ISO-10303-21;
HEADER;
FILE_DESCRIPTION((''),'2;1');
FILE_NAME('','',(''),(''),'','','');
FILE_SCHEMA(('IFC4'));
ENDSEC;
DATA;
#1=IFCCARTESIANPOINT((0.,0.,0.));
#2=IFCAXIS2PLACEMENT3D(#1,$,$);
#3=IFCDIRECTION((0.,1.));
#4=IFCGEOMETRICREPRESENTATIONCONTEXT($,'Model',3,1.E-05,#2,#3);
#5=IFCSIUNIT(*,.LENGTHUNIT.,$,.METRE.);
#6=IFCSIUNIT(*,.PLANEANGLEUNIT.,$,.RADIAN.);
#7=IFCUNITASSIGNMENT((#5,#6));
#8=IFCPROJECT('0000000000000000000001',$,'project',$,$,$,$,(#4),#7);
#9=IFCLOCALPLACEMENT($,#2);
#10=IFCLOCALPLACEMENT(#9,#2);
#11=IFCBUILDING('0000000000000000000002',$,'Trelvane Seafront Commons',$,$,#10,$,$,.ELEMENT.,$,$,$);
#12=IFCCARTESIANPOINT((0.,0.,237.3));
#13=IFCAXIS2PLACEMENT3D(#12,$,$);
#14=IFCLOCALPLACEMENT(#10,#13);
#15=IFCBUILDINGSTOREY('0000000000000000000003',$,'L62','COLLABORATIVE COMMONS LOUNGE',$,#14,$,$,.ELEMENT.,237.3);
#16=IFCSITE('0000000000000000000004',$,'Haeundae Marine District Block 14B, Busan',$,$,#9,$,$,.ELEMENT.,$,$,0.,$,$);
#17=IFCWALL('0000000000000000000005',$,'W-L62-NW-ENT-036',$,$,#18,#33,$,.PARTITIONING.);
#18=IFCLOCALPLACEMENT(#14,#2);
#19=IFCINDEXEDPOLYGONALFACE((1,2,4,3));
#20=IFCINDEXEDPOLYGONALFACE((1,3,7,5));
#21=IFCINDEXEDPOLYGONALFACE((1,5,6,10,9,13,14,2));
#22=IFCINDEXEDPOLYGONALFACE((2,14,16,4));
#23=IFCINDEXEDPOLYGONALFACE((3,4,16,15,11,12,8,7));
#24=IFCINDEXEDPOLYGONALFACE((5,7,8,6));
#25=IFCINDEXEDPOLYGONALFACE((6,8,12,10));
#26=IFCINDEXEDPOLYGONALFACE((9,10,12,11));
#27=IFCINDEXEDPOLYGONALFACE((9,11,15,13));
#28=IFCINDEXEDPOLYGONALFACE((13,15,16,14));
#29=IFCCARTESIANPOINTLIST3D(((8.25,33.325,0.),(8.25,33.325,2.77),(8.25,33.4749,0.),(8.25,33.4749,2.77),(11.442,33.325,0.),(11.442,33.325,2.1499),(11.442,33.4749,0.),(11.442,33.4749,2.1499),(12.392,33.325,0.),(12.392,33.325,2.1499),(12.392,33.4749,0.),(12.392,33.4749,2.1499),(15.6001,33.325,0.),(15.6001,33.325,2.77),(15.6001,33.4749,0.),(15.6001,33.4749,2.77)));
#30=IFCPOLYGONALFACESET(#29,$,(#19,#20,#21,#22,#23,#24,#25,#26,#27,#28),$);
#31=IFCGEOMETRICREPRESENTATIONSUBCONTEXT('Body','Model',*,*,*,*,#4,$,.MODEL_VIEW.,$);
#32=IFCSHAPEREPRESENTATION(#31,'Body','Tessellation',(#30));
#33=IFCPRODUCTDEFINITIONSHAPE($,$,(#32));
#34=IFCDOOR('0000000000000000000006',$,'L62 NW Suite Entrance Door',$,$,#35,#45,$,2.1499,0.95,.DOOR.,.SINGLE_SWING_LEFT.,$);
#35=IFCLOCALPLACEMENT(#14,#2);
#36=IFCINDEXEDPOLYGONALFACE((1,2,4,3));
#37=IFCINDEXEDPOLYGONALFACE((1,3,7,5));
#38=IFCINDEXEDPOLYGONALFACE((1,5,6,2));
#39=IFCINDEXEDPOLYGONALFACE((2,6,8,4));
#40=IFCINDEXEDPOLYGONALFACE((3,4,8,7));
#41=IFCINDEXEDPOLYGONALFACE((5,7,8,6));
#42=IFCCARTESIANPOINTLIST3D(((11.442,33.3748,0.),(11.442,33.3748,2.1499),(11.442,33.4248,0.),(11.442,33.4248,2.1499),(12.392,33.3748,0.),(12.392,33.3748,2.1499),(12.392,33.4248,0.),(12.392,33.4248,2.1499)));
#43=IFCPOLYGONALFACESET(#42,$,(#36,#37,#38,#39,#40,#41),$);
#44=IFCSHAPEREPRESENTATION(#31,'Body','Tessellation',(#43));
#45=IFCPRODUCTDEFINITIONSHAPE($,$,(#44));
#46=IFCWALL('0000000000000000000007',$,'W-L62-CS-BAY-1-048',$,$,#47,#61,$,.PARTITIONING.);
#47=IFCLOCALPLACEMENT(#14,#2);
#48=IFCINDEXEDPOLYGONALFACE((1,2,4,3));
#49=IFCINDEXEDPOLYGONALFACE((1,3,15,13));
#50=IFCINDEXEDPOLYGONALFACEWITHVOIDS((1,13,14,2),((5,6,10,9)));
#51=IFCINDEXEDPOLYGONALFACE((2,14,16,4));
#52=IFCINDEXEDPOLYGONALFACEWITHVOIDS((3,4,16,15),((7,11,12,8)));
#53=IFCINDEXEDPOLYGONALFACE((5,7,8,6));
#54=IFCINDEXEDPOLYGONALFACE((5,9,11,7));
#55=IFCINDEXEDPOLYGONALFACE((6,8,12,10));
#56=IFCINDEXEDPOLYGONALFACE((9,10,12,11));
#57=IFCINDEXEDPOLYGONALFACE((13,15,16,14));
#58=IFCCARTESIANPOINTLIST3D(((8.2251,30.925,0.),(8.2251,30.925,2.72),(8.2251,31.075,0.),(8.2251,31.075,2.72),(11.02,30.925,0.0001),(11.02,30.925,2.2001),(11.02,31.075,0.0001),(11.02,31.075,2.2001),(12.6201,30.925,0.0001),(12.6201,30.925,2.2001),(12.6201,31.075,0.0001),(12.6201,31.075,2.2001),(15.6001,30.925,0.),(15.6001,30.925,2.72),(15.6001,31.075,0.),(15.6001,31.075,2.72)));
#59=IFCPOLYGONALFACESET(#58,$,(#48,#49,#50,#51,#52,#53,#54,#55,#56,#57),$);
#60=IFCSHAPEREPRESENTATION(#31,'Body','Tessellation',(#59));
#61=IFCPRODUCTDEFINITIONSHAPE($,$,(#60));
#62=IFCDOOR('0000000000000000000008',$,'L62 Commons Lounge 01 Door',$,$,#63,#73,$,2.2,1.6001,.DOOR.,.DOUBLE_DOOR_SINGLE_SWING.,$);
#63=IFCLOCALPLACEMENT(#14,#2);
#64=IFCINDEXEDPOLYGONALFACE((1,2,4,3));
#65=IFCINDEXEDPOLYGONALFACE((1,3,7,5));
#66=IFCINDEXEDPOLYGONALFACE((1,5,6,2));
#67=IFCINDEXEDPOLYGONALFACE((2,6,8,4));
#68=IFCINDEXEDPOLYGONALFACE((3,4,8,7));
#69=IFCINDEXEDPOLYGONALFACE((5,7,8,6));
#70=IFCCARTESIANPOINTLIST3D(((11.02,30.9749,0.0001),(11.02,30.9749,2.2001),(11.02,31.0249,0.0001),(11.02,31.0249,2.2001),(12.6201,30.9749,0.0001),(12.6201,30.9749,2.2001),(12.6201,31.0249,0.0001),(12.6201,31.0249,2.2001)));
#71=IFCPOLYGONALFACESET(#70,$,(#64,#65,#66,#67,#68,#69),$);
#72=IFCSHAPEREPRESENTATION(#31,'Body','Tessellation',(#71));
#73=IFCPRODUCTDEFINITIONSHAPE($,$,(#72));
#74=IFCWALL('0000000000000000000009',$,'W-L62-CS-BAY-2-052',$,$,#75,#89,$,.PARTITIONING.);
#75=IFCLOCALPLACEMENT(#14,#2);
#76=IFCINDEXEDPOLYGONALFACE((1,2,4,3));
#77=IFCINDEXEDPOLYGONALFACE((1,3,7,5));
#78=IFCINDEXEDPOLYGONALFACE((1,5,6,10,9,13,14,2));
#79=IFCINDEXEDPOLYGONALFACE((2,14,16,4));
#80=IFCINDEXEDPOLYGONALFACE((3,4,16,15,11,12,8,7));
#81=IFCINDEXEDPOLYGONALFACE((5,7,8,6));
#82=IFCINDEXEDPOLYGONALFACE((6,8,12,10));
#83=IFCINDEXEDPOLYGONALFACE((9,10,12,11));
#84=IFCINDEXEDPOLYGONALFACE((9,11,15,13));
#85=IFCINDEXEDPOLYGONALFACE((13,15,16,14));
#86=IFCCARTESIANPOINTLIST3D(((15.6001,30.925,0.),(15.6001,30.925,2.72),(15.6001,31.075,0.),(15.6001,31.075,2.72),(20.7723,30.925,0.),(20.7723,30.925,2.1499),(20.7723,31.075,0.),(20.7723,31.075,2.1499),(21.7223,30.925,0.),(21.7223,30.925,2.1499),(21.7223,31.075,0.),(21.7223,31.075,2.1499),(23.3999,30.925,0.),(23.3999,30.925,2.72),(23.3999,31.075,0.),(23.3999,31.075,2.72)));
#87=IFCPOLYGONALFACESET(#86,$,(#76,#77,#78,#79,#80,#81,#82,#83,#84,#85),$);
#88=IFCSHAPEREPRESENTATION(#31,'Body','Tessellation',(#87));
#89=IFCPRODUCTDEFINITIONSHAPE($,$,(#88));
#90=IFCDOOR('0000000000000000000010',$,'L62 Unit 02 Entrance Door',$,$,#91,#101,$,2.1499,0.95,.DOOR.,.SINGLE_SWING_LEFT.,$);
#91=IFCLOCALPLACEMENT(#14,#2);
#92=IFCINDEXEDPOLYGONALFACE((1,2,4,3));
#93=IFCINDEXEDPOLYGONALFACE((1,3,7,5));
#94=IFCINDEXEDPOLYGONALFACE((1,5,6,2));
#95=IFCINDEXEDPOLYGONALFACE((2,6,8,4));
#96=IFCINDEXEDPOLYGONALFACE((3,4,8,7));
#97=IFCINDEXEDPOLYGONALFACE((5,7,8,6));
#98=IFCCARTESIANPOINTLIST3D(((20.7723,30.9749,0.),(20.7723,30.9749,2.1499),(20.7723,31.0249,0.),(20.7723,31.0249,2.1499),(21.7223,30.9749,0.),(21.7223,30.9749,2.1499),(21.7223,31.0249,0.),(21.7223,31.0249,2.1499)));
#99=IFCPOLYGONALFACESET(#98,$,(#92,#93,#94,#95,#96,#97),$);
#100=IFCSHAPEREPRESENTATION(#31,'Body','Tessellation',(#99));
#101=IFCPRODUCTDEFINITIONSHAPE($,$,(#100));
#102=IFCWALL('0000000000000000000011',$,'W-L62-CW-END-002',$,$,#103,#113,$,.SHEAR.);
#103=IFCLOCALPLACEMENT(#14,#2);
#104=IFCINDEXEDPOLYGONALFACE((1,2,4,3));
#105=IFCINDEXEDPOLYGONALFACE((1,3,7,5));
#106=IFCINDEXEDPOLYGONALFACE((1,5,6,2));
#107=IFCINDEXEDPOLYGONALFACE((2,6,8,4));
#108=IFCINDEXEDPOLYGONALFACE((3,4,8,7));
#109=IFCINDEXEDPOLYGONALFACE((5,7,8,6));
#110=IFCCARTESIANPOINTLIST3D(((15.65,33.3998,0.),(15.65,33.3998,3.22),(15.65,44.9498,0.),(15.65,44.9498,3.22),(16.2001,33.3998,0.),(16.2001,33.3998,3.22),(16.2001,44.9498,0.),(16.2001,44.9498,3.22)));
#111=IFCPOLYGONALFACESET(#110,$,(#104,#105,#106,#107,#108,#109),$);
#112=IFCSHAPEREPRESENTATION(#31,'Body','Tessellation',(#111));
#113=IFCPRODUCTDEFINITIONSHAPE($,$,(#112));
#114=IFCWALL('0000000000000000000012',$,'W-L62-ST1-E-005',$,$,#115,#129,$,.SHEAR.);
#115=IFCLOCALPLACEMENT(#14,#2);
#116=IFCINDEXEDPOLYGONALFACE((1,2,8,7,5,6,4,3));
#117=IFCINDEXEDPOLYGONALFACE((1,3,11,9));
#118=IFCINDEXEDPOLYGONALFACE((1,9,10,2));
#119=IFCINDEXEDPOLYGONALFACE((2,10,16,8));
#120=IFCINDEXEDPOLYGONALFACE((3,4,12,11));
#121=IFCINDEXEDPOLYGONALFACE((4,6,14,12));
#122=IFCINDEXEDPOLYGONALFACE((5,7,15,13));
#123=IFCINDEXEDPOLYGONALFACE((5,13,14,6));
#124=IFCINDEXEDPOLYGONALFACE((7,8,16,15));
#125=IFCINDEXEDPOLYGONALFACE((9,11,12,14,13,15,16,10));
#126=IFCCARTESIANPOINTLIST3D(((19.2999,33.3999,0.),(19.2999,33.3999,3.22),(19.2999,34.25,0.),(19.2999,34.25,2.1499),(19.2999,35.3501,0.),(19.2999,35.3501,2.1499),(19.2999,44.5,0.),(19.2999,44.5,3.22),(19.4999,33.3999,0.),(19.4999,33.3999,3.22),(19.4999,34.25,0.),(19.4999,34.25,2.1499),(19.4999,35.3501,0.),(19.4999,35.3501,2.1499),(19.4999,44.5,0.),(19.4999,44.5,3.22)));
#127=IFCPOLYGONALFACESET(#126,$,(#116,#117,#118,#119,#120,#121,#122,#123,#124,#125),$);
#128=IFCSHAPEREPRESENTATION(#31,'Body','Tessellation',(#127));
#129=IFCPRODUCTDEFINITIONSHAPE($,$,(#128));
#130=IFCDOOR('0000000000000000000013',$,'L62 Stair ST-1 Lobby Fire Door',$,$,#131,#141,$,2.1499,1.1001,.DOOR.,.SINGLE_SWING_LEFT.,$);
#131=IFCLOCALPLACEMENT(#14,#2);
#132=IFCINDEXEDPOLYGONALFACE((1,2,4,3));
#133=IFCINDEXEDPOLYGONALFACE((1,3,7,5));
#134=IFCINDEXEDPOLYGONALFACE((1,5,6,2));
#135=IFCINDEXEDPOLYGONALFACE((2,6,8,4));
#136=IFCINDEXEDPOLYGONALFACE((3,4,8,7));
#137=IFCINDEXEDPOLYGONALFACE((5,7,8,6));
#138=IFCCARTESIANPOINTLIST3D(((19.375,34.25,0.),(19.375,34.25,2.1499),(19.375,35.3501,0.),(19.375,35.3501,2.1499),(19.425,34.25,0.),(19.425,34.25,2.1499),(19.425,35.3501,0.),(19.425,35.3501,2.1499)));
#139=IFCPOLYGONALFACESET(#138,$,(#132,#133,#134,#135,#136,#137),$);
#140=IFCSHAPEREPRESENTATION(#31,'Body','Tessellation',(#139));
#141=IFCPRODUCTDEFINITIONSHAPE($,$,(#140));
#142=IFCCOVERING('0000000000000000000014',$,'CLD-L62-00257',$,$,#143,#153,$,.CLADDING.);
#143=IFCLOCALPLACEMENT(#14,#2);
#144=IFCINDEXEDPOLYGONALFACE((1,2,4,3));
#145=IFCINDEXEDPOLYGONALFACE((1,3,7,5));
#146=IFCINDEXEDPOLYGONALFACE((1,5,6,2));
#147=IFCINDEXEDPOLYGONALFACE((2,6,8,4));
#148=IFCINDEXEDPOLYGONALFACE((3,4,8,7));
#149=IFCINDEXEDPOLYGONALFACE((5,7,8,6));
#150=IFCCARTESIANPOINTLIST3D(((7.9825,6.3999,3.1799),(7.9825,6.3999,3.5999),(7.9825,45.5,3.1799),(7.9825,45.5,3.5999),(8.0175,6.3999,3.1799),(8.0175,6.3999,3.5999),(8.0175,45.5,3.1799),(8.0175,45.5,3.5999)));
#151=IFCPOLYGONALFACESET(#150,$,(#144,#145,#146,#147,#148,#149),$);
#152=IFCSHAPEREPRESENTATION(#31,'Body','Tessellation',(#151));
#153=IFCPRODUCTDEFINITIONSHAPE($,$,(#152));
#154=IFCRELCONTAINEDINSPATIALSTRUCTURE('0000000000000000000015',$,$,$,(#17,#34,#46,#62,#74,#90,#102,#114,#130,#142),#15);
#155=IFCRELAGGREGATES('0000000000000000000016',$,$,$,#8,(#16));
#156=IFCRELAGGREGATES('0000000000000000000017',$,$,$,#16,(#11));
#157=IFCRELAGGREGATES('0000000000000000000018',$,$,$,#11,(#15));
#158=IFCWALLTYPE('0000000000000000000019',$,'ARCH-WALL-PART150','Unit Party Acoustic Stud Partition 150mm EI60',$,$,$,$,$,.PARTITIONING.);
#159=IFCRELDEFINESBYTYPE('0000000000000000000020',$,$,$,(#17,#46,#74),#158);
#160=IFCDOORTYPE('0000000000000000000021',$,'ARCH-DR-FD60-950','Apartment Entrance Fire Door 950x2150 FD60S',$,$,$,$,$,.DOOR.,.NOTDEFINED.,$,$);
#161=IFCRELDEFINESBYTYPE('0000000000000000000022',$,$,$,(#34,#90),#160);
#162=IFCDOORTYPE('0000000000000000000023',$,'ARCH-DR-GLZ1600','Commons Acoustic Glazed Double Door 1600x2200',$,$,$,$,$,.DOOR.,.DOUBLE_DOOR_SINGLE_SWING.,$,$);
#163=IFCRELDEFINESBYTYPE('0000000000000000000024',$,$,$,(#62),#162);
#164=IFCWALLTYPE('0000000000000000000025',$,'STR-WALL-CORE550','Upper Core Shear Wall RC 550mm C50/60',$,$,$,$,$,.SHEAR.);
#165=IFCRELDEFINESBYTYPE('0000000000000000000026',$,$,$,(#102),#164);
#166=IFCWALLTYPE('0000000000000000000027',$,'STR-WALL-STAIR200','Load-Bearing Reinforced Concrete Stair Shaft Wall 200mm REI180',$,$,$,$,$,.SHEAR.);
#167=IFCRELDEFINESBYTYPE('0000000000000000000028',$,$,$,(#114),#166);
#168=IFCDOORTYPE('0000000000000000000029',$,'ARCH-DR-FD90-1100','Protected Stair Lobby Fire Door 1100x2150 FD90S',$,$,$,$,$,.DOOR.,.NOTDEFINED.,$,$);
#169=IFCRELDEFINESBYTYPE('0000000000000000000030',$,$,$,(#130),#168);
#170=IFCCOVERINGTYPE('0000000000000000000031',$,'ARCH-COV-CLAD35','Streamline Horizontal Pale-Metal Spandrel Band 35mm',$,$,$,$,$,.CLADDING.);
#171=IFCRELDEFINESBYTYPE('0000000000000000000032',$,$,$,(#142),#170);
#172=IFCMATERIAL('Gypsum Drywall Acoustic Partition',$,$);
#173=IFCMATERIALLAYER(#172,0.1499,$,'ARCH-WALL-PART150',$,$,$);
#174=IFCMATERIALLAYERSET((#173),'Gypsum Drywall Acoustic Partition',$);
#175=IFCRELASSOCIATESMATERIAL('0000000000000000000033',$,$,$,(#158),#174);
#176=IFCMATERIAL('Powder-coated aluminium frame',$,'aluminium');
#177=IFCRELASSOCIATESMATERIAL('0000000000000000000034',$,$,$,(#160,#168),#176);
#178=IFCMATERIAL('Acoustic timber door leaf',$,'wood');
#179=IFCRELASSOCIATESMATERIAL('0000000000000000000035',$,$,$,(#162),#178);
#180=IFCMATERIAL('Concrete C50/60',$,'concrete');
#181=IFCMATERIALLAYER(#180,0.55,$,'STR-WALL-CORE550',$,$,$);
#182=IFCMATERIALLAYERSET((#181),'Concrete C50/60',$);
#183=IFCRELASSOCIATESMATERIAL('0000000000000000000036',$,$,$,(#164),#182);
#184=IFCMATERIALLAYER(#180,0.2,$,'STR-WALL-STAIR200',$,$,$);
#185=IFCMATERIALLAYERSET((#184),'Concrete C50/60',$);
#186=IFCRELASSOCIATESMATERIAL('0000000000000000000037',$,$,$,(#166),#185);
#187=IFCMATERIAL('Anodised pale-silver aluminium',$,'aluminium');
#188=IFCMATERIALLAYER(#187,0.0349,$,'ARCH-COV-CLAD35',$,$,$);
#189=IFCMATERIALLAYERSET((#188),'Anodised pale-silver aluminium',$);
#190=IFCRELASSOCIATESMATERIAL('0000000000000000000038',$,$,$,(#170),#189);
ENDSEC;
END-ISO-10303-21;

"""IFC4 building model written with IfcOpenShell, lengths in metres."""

from ifc_helpers import new_model, si_unit, direction, frame, frame_2d, origin, origin_2d, place, context, subcontext, project, spatial, rectangle, extrude, source, transform, mapped, material, layer, layer_set, type_object, element, fill, save


model = new_model("IFC4")

# Units and contexts
model_context = context("Model", 3, precision=1e-05, world=origin(), true_north=direction((0.0, 1.0)))
body_context = subcontext(model_context, "Body", "Model", "MODEL_VIEW")
ifc_project = project(units=[si_unit("LENGTHUNIT", "METRE"), si_unit("PLANEANGLEUNIT", "RADIAN")], contexts=[model_context])

# Site, building, storey
site_placement = place(None, origin())
site = spatial("IfcSite", under=ifc_project, at=site_placement, Name="Haeundae Marine District Block 14B, Busan", CompositionType="ELEMENT", RefElevation=0.0)
building_placement = place(site_placement, origin())
building = spatial("IfcBuilding", under=site, at=building_placement, Name="Trelvane Seafront Commons", CompositionType="ELEMENT")
storey_placement = place(building_placement, frame((0.0, 0.0, 237.3)))
storey = spatial("IfcBuildingStorey", under=building, at=storey_placement, Name="L62", Description="COLLABORATIVE COMMONS LOUNGE", CompositionType="ELEMENT", Elevation=237.3)

# Shared definitions
ifc_material_1 = material(Name="Concrete C50/60", Category="concrete")

# Shared definitions
ifc_material_2 = material(Name="Anodised pale-silver aluminium", Category="aluminium")

# Shared definitions
ifc_material_3 = material(Name="Gypsum Drywall Acoustic Partition")
ifc_material_4 = material(Name="Acoustic timber door leaf", Category="wood")
shared_shape_1 = source(origin(), body_context, "Body", "SweptSolid", [
    extrude(rectangle(XDim=0.95, YDim=2.1499, at=frame_2d((0.4751, 1.075))), frame((0.0, 0.0249, 0.0), z_axis=(0.0, -1.0, 0.0), x_axis=(1.0, 0.0, 0.0)), (0.0, 0.0, 1.0), 0.05),
])

# Walls, openings, doors
ifc_layer_1 = layer(ifc_material_3, 0.1499, Name="ARCH-WALL-PART150")
ifc_layer_set_1 = layer_set([ifc_layer_1], Name="Gypsum Drywall Acoustic Partition")
wall_type_1 = type_object("IfcWallType", Name="ARCH-WALL-PART150", Description="Unit Party Acoustic Stud Partition 150mm EI60", PredefinedType="PARTITIONING", material=ifc_layer_set_1)
wall_1_placement = place(storey_placement, frame((8.25, 33.3999, 0.0), z_axis=(0.0, 0.0, 1.0), x_axis=(1.0, 0.0, 0.0)))
wall_1 = element("IfcWall", 1, at=wall_1_placement, inside=storey, type_object=wall_type_1, Name="W-L62-NW-ENT-036", PredefinedType="PARTITIONING", context=body_context, shape_type="SweptSolid", body=[
    extrude(rectangle(XDim=7.3501, YDim=0.1499, at=frame_2d((3.675, 0.0))), origin(), (0.0, 0.0, 1.0), 2.77),
])
opening_1_placement = place(wall_1_placement, frame((3.1919, 0.0, 0.0)))
opening_1 = element("IfcOpeningElement", 2, at=opening_1_placement, cuts=wall_1, PredefinedType="OPENING", context=body_context, shape_type="SweptSolid", body=[
    extrude(rectangle(XDim=0.95, YDim=2.1499, at=frame_2d((0.4751, 1.075))), frame((0.0, 0.085, 0.0), z_axis=(0.0, -1.0, 0.0), x_axis=(1.0, 0.0, 0.0)), (0.0, 0.0, 1.0), 0.1699),
])
ifc_material_5 = material(Name="Powder-coated aluminium frame", Category="aluminium")
door_type_1 = type_object("IfcDoorType", Name="ARCH-DR-FD60-950", Description="Apartment Entrance Fire Door 950x2150 FD60S", OperationType="NOTDEFINED", PredefinedType="DOOR", material=ifc_material_5)
door_1_placement = place(opening_1_placement, origin())
door_1 = element("IfcDoor", 3, at=door_1_placement, inside=storey, type_object=door_type_1, Name="L62 NW Suite Entrance Door", OperationType="SINGLE_SWING_LEFT", OverallHeight=2.1499, OverallWidth=0.95, PredefinedType="DOOR", context=body_context, shape_type="MappedRepresentation", body=[
    mapped(shared_shape_1, transform((0.0, 0.0, 0.0), x_axis=(1.0, 0.0, 0.0), y_axis=(0.0, 1.0, 0.0), z_axis=(0.0, 0.0, 1.0), scale=1.0)),
])
fill(opening_1, door_1)
wall_2_placement = place(storey_placement, frame((8.2251, 31.0, 0.0), z_axis=(0.0, 0.0, 1.0), x_axis=(1.0, 0.0, 0.0)))
wall_2 = element("IfcWall", 4, at=wall_2_placement, inside=storey, type_object=wall_type_1, Name="W-L62-CS-BAY-1-048", PredefinedType="PARTITIONING", context=body_context, shape_type="SweptSolid", body=[
    extrude(rectangle(XDim=7.375, YDim=0.1499, at=frame_2d((3.6875, 0.0))), origin(), (0.0, 0.0, 1.0), 2.72),
])
opening_2_placement = place(wall_2_placement, frame((2.7949, 0.0, 0.0)))
opening_2 = element("IfcOpeningElement", 5, at=opening_2_placement, cuts=wall_2, PredefinedType="OPENING", context=body_context, shape_type="SweptSolid", body=[
    extrude(rectangle(XDim=1.6001, YDim=2.2, at=frame_2d((0.8, 1.1001))), frame((0.0, 0.085, 0.0), z_axis=(0.0, -1.0, 0.0), x_axis=(1.0, 0.0, 0.0)), (0.0, 0.0, 1.0), 0.1699),
])
door_type_2 = type_object("IfcDoorType", Name="ARCH-DR-GLZ1600", Description="Commons Acoustic Glazed Double Door 1600x2200", OperationType="DOUBLE_DOOR_SINGLE_SWING", PredefinedType="DOOR", material=ifc_material_4)
shared_shape_2 = source(origin(), body_context, "Body", "SweptSolid", [
    extrude(rectangle(XDim=1.6001, YDim=2.2, at=frame_2d((0.8, 1.1001))), frame((0.0, 0.0249, 0.0), z_axis=(0.0, -1.0, 0.0), x_axis=(1.0, 0.0, 0.0)), (0.0, 0.0, 1.0), 0.05),
])
door_2_placement = place(opening_2_placement, origin())
door_2 = element("IfcDoor", 6, at=door_2_placement, inside=storey, type_object=door_type_2, Name="L62 Commons Lounge 01 Door", OperationType="DOUBLE_DOOR_SINGLE_SWING", OverallHeight=2.2, OverallWidth=1.6001, PredefinedType="DOOR", context=body_context, shape_type="MappedRepresentation", body=[
    mapped(shared_shape_2, transform((0.0, 0.0, 0.0), x_axis=(1.0, 0.0, 0.0), y_axis=(0.0, 1.0, 0.0), z_axis=(0.0, 0.0, 1.0), scale=1.0)),
])
fill(opening_2, door_2)
wall_3_placement = place(storey_placement, frame((15.6001, 31.0, 0.0), z_axis=(0.0, 0.0, 1.0), x_axis=(1.0, 0.0, 0.0)))
wall_3 = element("IfcWall", 7, at=wall_3_placement, inside=storey, type_object=wall_type_1, Name="W-L62-CS-BAY-2-052", PredefinedType="PARTITIONING", context=body_context, shape_type="SweptSolid", body=[
    extrude(rectangle(XDim=7.7998, YDim=0.1499, at=frame_2d((3.8999, 0.0))), origin(), (0.0, 0.0, 1.0), 2.72),
])
opening_3_placement = place(wall_3_placement, frame((5.1721, 0.0, 0.0)))
opening_3 = element("IfcOpeningElement", 8, at=opening_3_placement, cuts=wall_3, PredefinedType="OPENING", context=body_context, shape_type="SweptSolid", body=[
    extrude(rectangle(XDim=0.95, YDim=2.1499, at=frame_2d((0.4751, 1.075))), frame((0.0, 0.085, 0.0), z_axis=(0.0, -1.0, 0.0), x_axis=(1.0, 0.0, 0.0)), (0.0, 0.0, 1.0), 0.1699),
])
door_3_placement = place(opening_3_placement, origin())
door_3 = element("IfcDoor", 9, at=door_3_placement, inside=storey, type_object=door_type_1, Name="L62 Unit 02 Entrance Door", OperationType="SINGLE_SWING_LEFT", OverallHeight=2.1499, OverallWidth=0.95, PredefinedType="DOOR", context=body_context, shape_type="MappedRepresentation", body=[
    mapped(shared_shape_1, transform((0.0, 0.0, 0.0), x_axis=(1.0, 0.0, 0.0), y_axis=(0.0, 1.0, 0.0), z_axis=(0.0, 0.0, 1.0), scale=1.0)),
])
fill(opening_3, door_3)

# Wall
ifc_layer_2 = layer(ifc_material_1, 0.55, Name="STR-WALL-CORE550")
ifc_layer_set_2 = layer_set([ifc_layer_2], Name="Concrete C50/60")
wall_type_2 = type_object("IfcWallType", Name="STR-WALL-CORE550", Description="Upper Core Shear Wall RC 550mm C50/60", PredefinedType="SHEAR", material=ifc_layer_set_2)
wall_4_placement = place(storey_placement, frame((15.925, 33.3999, 0.0), z_axis=(0.0, 0.0, 1.0), x_axis=(0.0, 1.0, 0.0)))
element("IfcWall", 10, at=wall_4_placement, inside=storey, type_object=wall_type_2, Name="W-L62-CW-END-002", PredefinedType="SHEAR", context=body_context, shape_type="SweptSolid", body=[
    extrude(rectangle(XDim=11.55, YDim=0.55, at=frame_2d((5.7749, 0.0))), origin(), (0.0, 0.0, 1.0), 3.22),
])

# Wall, opening, door
ifc_layer_3 = layer(ifc_material_1, 0.2, Name="STR-WALL-STAIR200")
ifc_layer_set_3 = layer_set([ifc_layer_3], Name="Concrete C50/60")
wall_type_3 = type_object("IfcWallType", Name="STR-WALL-STAIR200", Description="Load-Bearing Reinforced Concrete Stair Shaft Wall 200mm REI180", PredefinedType="SHEAR", material=ifc_layer_set_3)
wall_5_placement = place(storey_placement, frame((19.3999, 33.3999, 0.0), z_axis=(0.0, 0.0, 1.0), x_axis=(0.0, 1.0, 0.0)))
wall_5 = element("IfcWall", 11, at=wall_5_placement, inside=storey, type_object=wall_type_3, Name="W-L62-ST1-E-005", PredefinedType="SHEAR", context=body_context, shape_type="SweptSolid", body=[
    extrude(rectangle(XDim=11.1001, YDim=0.2, at=frame_2d((5.55, 0.0))), origin(), (0.0, 0.0, 1.0), 3.22),
])
opening_4_placement = place(wall_5_placement, frame((0.8501, 0.0, 0.0)))
opening_4 = element("IfcOpeningElement", 12, at=opening_4_placement, cuts=wall_5, PredefinedType="OPENING", context=body_context, shape_type="SweptSolid", body=[
    extrude(rectangle(XDim=1.1001, YDim=2.1499, at=frame_2d((0.55, 1.075))), frame((0.0, 0.1099, 0.0), z_axis=(0.0, -1.0, 0.0), x_axis=(1.0, 0.0, 0.0)), (0.0, 0.0, 1.0), 0.22),
])
door_type_3 = type_object("IfcDoorType", Name="ARCH-DR-FD90-1100", Description="Protected Stair Lobby Fire Door 1100x2150 FD90S", OperationType="NOTDEFINED", PredefinedType="DOOR", material=ifc_material_5)
shared_shape_3 = source(origin(), body_context, "Body", "SweptSolid", [
    extrude(rectangle(XDim=1.1001, YDim=2.1499, at=frame_2d((0.55, 1.075))), frame((0.0, 0.0249, 0.0), z_axis=(0.0, -1.0, 0.0), x_axis=(1.0, 0.0, 0.0)), (0.0, 0.0, 1.0), 0.05),
])
door_4_placement = place(opening_4_placement, origin())
door_4 = element("IfcDoor", 13, at=door_4_placement, inside=storey, type_object=door_type_3, Name="L62 Stair ST-1 Lobby Fire Door", OperationType="SINGLE_SWING_LEFT", OverallHeight=2.1499, OverallWidth=1.1001, PredefinedType="DOOR", context=body_context, shape_type="MappedRepresentation", body=[
    mapped(shared_shape_3, transform((0.0, 0.0, 0.0), x_axis=(1.0, 0.0, 0.0), y_axis=(0.0, 1.0, 0.0), z_axis=(0.0, 0.0, 1.0), scale=1.0)),
])
fill(opening_4, door_4)

# Covering
ifc_layer_4 = layer(ifc_material_2, 0.0349, Name="ARCH-COV-CLAD35")
ifc_layer_set_4 = layer_set([ifc_layer_4], Name="Anodised pale-silver aluminium")
covering_type = type_object("IfcCoveringType", Name="ARCH-COV-CLAD35", Description="Streamline Horizontal Pale-Metal Spandrel Band 35mm", PredefinedType="CLADDING", material=ifc_layer_set_4)
shared_shape_4 = source(origin(), body_context, "Body", "SweptSolid", [
    extrude(rectangle(XDim=39.1001, YDim=0.0349, at=origin_2d()), origin(), (0.0, 0.0, 1.0), 0.4199),
])
covering_placement = place(storey_placement, frame((8.0, 25.95, 3.1799), z_axis=(0.0, 0.0, 1.0), x_axis=(0.0, 1.0, 0.0)))
element("IfcCovering", 14, at=covering_placement, inside=storey, type_object=covering_type, Name="CLD-L62-00257", PredefinedType="CLADDING", context=body_context, shape_type="MappedRepresentation", body=[
    mapped(shared_shape_4, transform((0.0, 0.0, 0.0), x_axis=(1.0, 0.0, 0.0), y_axis=(0.0, 1.0, 0.0), z_axis=(0.0, 0.0, 1.0), scale=1.0)),
])

save(model, "model.ifc")
